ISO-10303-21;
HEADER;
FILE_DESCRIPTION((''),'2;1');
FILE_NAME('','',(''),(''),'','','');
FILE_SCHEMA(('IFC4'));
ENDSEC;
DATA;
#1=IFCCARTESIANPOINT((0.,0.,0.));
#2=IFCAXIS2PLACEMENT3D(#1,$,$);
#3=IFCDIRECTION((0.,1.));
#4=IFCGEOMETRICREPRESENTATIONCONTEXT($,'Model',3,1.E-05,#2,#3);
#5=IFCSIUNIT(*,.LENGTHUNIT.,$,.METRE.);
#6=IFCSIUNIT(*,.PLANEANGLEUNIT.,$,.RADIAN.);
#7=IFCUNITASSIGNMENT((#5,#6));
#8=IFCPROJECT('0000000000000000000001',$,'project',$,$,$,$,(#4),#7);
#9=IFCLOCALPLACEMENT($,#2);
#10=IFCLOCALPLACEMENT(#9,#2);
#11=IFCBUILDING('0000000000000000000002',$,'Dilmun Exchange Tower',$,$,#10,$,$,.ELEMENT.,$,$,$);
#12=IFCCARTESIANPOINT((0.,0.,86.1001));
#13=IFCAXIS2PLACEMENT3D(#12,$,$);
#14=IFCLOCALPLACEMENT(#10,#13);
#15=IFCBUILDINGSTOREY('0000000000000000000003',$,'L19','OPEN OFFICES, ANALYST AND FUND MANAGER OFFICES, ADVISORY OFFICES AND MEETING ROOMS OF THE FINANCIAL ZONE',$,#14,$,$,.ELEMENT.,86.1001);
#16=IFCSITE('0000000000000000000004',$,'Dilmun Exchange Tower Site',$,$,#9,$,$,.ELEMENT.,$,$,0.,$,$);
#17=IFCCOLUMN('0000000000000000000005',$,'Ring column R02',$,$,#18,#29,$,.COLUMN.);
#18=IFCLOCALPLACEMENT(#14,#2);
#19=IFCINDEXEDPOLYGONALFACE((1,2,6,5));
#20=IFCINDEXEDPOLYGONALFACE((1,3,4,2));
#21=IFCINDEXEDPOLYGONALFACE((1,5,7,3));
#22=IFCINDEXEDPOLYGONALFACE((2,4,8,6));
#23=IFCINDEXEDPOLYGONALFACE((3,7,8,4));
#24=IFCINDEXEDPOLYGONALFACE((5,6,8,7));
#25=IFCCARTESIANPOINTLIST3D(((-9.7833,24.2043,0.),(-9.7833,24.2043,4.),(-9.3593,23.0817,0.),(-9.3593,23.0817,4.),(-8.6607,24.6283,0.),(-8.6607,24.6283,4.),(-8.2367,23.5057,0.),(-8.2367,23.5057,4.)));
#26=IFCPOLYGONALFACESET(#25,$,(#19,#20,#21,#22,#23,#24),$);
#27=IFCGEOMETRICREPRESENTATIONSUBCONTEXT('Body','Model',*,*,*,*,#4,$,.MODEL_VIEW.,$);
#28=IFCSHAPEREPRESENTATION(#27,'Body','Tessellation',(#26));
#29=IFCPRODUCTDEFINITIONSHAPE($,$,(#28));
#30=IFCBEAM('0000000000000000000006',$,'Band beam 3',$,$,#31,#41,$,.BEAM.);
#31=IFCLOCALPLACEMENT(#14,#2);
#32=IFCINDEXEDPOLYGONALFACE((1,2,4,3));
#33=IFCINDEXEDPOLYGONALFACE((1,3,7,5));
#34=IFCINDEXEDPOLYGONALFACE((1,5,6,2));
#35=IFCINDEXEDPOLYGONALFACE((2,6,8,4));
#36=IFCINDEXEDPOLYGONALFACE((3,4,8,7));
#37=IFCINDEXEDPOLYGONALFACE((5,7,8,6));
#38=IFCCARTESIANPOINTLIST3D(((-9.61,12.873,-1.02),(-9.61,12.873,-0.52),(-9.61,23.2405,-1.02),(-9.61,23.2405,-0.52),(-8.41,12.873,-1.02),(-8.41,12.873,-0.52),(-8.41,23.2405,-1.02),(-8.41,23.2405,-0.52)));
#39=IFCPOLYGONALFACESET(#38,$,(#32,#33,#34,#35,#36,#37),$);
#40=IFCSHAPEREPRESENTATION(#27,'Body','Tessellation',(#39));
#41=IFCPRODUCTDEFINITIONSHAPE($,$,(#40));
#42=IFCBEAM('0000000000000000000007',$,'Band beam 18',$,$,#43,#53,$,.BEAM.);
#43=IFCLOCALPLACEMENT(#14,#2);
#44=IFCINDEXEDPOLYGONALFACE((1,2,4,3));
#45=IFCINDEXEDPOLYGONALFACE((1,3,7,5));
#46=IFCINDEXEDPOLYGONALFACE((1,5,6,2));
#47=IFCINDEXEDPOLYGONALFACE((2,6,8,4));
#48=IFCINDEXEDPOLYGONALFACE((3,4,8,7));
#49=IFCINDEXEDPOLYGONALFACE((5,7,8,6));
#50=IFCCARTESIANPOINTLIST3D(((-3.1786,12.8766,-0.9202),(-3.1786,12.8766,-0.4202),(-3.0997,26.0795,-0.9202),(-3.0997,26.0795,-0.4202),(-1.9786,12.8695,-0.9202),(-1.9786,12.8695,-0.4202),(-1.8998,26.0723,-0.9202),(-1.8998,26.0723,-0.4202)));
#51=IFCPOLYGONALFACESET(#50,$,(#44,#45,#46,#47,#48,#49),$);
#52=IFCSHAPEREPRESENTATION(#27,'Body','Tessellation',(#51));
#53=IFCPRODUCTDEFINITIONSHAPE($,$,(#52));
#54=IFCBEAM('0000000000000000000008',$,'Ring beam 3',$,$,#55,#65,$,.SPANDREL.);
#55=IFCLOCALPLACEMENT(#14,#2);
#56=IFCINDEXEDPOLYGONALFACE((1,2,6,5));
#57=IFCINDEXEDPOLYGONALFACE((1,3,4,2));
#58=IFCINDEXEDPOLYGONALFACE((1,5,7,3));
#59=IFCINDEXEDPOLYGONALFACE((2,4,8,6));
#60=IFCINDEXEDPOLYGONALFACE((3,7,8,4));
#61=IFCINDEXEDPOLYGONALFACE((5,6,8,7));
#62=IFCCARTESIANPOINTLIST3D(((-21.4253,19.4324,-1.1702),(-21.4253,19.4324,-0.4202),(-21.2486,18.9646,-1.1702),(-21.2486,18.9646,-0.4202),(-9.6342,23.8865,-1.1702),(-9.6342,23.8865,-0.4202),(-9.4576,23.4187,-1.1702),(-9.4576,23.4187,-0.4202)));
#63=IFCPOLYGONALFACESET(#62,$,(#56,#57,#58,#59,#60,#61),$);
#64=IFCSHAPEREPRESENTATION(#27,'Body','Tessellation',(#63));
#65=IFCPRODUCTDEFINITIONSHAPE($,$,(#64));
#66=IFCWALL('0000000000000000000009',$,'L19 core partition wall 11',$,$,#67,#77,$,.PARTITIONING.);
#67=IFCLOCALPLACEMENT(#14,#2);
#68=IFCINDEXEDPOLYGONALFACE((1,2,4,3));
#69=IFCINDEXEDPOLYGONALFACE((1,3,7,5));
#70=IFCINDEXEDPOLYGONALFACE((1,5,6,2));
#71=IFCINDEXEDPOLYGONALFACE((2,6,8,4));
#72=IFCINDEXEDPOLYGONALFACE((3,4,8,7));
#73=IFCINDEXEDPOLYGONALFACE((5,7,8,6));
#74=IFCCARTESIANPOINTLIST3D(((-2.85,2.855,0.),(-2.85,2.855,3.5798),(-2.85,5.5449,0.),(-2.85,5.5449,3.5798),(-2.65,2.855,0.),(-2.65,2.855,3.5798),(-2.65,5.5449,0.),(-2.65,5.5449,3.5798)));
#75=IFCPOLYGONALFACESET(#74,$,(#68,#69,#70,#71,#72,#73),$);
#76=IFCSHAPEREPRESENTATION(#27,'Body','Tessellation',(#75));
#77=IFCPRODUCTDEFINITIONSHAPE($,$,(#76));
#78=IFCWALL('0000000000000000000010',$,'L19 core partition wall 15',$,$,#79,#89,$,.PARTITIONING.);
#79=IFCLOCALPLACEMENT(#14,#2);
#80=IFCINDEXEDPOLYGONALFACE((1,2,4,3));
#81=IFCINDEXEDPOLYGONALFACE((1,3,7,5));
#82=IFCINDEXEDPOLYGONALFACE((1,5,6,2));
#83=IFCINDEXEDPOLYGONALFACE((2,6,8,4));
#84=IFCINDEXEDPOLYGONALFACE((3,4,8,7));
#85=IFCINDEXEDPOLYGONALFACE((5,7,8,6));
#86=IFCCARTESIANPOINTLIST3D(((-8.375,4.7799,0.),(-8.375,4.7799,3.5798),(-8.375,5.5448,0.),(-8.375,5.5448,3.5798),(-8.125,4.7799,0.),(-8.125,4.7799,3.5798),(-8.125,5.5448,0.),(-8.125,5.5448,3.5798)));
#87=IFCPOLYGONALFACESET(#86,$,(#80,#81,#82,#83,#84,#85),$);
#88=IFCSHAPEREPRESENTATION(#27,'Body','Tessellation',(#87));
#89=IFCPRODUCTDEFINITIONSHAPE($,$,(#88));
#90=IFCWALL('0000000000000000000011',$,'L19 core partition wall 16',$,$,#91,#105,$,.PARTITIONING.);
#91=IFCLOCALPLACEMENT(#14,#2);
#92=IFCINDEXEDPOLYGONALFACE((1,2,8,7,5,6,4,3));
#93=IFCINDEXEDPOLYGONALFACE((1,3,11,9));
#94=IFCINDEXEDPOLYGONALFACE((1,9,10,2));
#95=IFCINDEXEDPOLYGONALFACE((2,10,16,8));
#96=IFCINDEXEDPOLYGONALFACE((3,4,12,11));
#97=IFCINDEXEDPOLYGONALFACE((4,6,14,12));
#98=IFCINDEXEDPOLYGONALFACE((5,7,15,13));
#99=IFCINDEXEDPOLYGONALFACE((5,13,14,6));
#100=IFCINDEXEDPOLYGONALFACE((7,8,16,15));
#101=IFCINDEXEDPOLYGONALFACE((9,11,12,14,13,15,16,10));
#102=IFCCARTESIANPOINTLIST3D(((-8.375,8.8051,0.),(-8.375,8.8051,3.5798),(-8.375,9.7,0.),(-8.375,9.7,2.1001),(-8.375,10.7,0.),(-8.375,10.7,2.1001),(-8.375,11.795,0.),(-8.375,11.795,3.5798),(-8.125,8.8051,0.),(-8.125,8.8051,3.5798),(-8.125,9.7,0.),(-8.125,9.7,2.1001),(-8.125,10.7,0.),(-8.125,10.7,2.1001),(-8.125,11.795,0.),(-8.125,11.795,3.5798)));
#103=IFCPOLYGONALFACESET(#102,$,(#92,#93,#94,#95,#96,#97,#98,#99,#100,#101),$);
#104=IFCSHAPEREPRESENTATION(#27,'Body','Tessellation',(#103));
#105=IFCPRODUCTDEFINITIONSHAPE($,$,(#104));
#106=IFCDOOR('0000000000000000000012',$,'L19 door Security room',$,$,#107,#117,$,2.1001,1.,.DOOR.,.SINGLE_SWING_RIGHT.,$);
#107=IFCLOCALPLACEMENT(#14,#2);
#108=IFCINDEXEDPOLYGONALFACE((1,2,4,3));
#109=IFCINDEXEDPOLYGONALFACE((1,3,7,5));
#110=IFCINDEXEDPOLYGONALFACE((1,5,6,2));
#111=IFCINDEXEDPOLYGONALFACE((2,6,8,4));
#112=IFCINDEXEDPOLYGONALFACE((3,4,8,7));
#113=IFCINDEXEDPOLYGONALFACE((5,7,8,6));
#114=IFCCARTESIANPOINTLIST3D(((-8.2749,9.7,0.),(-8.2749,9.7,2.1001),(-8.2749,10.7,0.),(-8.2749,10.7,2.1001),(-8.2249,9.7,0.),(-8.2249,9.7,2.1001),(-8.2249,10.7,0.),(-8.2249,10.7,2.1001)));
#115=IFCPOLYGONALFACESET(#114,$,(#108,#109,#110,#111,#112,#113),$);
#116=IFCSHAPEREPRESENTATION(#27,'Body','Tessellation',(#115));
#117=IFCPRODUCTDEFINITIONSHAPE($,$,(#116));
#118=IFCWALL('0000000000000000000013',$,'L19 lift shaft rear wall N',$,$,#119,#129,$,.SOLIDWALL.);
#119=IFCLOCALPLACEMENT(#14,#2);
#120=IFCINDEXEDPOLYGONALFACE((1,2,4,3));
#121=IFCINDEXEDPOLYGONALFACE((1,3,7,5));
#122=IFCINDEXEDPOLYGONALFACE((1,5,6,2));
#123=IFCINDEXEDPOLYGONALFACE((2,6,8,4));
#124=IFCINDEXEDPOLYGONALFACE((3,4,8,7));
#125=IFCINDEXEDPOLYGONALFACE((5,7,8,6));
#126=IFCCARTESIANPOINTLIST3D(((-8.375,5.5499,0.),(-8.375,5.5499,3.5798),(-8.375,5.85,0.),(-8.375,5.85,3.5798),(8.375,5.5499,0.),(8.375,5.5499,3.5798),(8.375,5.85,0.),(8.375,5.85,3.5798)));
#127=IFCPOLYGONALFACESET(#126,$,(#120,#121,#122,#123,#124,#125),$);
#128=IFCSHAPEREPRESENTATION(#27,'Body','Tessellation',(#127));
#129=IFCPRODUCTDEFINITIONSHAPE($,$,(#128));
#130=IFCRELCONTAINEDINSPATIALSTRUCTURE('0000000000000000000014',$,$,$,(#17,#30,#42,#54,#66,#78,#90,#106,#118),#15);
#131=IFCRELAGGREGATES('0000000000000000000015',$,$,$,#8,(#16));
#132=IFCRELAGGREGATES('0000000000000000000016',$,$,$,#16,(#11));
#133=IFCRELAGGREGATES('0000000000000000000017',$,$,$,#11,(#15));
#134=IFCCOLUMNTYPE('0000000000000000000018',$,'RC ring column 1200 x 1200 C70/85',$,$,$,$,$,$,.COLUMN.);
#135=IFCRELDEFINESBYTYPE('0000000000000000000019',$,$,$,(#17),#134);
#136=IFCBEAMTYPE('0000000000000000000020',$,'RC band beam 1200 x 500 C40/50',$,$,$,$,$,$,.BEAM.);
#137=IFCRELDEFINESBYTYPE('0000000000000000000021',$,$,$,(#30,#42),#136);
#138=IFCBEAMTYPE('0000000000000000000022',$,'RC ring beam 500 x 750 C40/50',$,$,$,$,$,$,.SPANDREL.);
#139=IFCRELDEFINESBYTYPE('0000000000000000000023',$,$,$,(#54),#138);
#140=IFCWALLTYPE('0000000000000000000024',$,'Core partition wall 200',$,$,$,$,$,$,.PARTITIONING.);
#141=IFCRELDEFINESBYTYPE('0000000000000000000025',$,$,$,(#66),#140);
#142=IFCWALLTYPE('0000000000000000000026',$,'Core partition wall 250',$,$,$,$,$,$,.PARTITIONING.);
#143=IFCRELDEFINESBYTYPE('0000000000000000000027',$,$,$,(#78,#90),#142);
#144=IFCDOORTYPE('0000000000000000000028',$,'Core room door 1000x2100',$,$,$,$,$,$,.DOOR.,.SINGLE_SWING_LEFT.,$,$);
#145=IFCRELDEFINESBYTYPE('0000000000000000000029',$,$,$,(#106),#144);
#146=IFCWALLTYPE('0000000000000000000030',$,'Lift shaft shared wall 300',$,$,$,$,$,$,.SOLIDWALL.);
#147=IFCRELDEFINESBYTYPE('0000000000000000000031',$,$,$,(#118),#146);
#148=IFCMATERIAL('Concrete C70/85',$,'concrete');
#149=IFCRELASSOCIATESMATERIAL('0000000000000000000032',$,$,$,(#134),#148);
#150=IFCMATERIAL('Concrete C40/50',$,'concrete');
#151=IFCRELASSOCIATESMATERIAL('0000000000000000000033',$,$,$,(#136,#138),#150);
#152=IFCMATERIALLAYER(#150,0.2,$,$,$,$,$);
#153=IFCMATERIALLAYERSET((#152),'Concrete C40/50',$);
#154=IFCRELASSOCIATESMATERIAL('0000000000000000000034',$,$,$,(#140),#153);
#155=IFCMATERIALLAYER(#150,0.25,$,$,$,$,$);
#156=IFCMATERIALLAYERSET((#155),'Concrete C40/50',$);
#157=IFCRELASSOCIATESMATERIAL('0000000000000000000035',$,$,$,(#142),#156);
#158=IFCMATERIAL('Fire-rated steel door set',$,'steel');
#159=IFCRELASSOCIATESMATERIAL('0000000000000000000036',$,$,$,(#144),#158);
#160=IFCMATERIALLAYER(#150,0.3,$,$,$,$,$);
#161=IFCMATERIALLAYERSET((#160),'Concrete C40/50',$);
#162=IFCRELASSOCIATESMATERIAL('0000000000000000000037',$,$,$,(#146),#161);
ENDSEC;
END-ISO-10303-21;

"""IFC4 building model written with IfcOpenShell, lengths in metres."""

from ifc_helpers import new_model, si_unit, direction, frame, frame_2d, origin, origin_2d, place, context, subcontext, project, spatial, rectangle, extrude, material, layer, layer_set, material_profile, profile_set, type_object, element, fill, save


model = new_model("IFC4")

# Units and contexts
model_context = context("Model", 3, precision=1e-05, world=origin(), true_north=direction((0.0, 1.0)))
body_context = subcontext(model_context, "Body", "Model", "MODEL_VIEW")
ifc_project = project(units=[si_unit("LENGTHUNIT", "METRE"), si_unit("PLANEANGLEUNIT", "RADIAN")], contexts=[model_context])

# Site, building, storey
site_placement = place(None, origin())
site = spatial("IfcSite", under=ifc_project, at=site_placement, Name="Dilmun Exchange Tower Site", CompositionType="ELEMENT", RefElevation=0.0)
building_placement = place(site_placement, origin())
building = spatial("IfcBuilding", under=site, at=building_placement, Name="Dilmun Exchange Tower", CompositionType="ELEMENT")
storey_placement = place(building_placement, frame((0.0, 0.0, 86.1001)))
storey = spatial("IfcBuildingStorey", under=building, at=storey_placement, Name="L19", Description="OPEN OFFICES, ANALYST AND FUND MANAGER OFFICES, ADVISORY OFFICES AND MEETING ROOMS OF THE FINANCIAL ZONE", CompositionType="ELEMENT", Elevation=86.1001)

# Column
ifc_material_1 = material(Name="Concrete C70/85", Category="concrete")
ifc_material_profile_1 = material_profile(ifc_material_1, rectangle(XDim=1.2, YDim=1.2, at=origin_2d()), Name="1200 x 1200")
ifc_profile_set_1 = profile_set([ifc_material_profile_1], Name="Concrete C70/85")
column_type = type_object("IfcColumnType", Name="RC ring column 1200 x 1200 C70/85", PredefinedType="COLUMN", material=ifc_profile_set_1)
column_placement = place(storey_placement, frame((-9.01, 23.855, 0.0), z_axis=(0.0, 0.0, 1.0), x_axis=(0.935492, 0.353349, 0.0)))
element("IfcColumn", 1, at=column_placement, inside=storey, type_object=column_type, Name="Ring column R02", PredefinedType="COLUMN", context=body_context, shape_type="SweptSolid", body=[
    extrude(rectangle(XDim=1.2, YDim=1.2, at=origin_2d()), origin(), (0.0, 0.0, 1.0), 4.0),
])

# Beams
ifc_material_2 = material(Name="Concrete C40/50", Category="concrete")
ifc_material_profile_2 = material_profile(ifc_material_2, rectangle(XDim=1.2, YDim=0.5, at=origin_2d()), Name="1200 x 500")
ifc_profile_set_2 = profile_set([ifc_material_profile_2], Name="Concrete C40/50")
beam_type_1 = type_object("IfcBeamType", Name="RC band beam 1200 x 500 C40/50", PredefinedType="BEAM", material=ifc_profile_set_2)
beam_1_placement = place(storey_placement, frame((-9.01, 23.2405, -0.77), z_axis=(0.0, -1.0, 0.0), x_axis=(1.0, 0.0, 0.0)))
element("IfcBeam", 2, at=beam_1_placement, inside=storey, type_object=beam_type_1, Name="Band beam 3", PredefinedType="BEAM", context=body_context, shape_type="SweptSolid", body=[
    extrude(rectangle(XDim=1.2, YDim=0.5, at=origin_2d()), origin(), (0.0, 0.0, 1.0), 10.3674),
])
beam_2_placement = place(storey_placement, frame((-2.4998, 26.0759, -0.6702), z_axis=(-0.005973, -0.999982, 0.0), x_axis=(0.999982, -0.005973, 0.0)))
element("IfcBeam", 3, at=beam_2_placement, inside=storey, type_object=beam_type_1, Name="Band beam 18", PredefinedType="BEAM", context=body_context, shape_type="SweptSolid", body=[
    extrude(rectangle(XDim=1.2, YDim=0.5, at=origin_2d()), origin(), (0.0, 0.0, 1.0), 13.2031),
])
ifc_material_profile_3 = material_profile(ifc_material_2, rectangle(XDim=0.5, YDim=0.75, at=origin_2d()), Name="500 x 750")
ifc_profile_set_3 = profile_set([ifc_material_profile_3], Name="Concrete C40/50")
beam_type_2 = type_object("IfcBeamType", Name="RC ring beam 500 x 750 C40/50", PredefinedType="SPANDREL", material=ifc_profile_set_3)
beam_3_placement = place(storey_placement, frame((-9.5459, 23.6526, -0.7952), z_axis=(-0.935479, -0.353381, 0.0), x_axis=(0.353381, -0.935479, 0.0)))
element("IfcBeam", 4, at=beam_3_placement, inside=storey, type_object=beam_type_2, Name="Ring beam 3", PredefinedType="SPANDREL", context=body_context, shape_type="SweptSolid", body=[
    extrude(rectangle(XDim=0.5, YDim=0.75, at=origin_2d()), origin(), (0.0, 0.0, 1.0), 12.6042),
])

# Walls
ifc_layer_1 = layer(ifc_material_2, 0.2)
ifc_layer_set_1 = layer_set([ifc_layer_1], Name="Concrete C40/50")
wall_type_1 = type_object("IfcWallType", Name="Core partition wall 200", PredefinedType="PARTITIONING", material=ifc_layer_set_1)
wall_1_placement = place(storey_placement, frame((-2.75, 2.855, 0.0), z_axis=(0.0, 0.0, 1.0), x_axis=(0.0, 1.0, 0.0)))
element("IfcWall", 5, at=wall_1_placement, inside=storey, type_object=wall_type_1, Name="L19 core partition wall 11", PredefinedType="PARTITIONING", context=body_context, shape_type="SweptSolid", body=[
    extrude(rectangle(XDim=2.6899, YDim=0.2, at=frame_2d((1.345, 0.0))), origin(), (0.0, 0.0, 1.0), 3.5798),
])
ifc_layer_2 = layer(ifc_material_2, 0.25)
ifc_layer_set_2 = layer_set([ifc_layer_2], Name="Concrete C40/50")
wall_type_2 = type_object("IfcWallType", Name="Core partition wall 250", PredefinedType="PARTITIONING", material=ifc_layer_set_2)
wall_2_placement = place(storey_placement, frame((-8.25, 4.78, 0.0), z_axis=(0.0, 0.0, 1.0), x_axis=(0.0, 1.0, 0.0)))
element("IfcWall", 6, at=wall_2_placement, inside=storey, type_object=wall_type_2, Name="L19 core partition wall 15", PredefinedType="PARTITIONING", context=body_context, shape_type="SweptSolid", body=[
    extrude(rectangle(XDim=0.7649, YDim=0.25, at=frame_2d((0.3823, 0.0))), origin(), (0.0, 0.0, 1.0), 3.5798),
])

# Wall, opening, door
wall_3_placement = place(storey_placement, frame((-8.25, 8.8049, 0.0), z_axis=(0.0, 0.0, 1.0), x_axis=(0.0, 1.0, 0.0)))
wall_3 = element("IfcWall", 7, at=wall_3_placement, inside=storey, type_object=wall_type_2, Name="L19 core partition wall 16", PredefinedType="PARTITIONING", context=body_context, shape_type="SweptSolid", body=[
    extrude(rectangle(XDim=2.99, YDim=0.25, at=frame_2d((1.4951, 0.0))), origin(), (0.0, 0.0, 1.0), 3.5798),
])
opening_1_placement = place(wall_3_placement, frame((0.895, 0.0, 0.0)))
opening_1 = element("IfcOpeningElement", 8, at=opening_1_placement, cuts=wall_3, PredefinedType="OPENING", context=body_context, shape_type="SweptSolid", body=[
    extrude(rectangle(XDim=1.0, YDim=2.1001, at=frame_2d((0.5, 1.05))), frame((0.0, 0.135, 0.0), z_axis=(0.0, -1.0, 0.0), x_axis=(1.0, 0.0, 0.0)), (0.0, 0.0, 1.0), 0.27),
])
ifc_material_3 = material(Name="Fire-rated steel door set", Category="steel")
door_type_1 = type_object("IfcDoorType", Name="Core room door 1000x2100", OperationType="SINGLE_SWING_LEFT", PredefinedType="DOOR", material=ifc_material_3)
door_1_placement = place(opening_1_placement, origin())
door_1 = element("IfcDoor", 9, at=door_1_placement, inside=storey, type_object=door_type_1, Name="L19 door Security room", OperationType="SINGLE_SWING_RIGHT", OverallHeight=2.1001, OverallWidth=1.0, PredefinedType="DOOR", context=body_context, shape_type="SweptSolid", body=[
    extrude(rectangle(XDim=1.0, YDim=2.1001, at=frame_2d((0.5, 1.05))), frame((0.0, 0.0249, 0.0), z_axis=(0.0, -1.0, 0.0), x_axis=(1.0, 0.0, 0.0)), (0.0, 0.0, 1.0), 0.05),
])
fill(opening_1, door_1)

# Wall
ifc_layer_3 = layer(ifc_material_2, 0.3)
ifc_layer_set_3 = layer_set([ifc_layer_3], Name="Concrete C40/50")
wall_type_3 = type_object("IfcWallType", Name="Lift shaft shared wall 300", PredefinedType="SOLIDWALL", material=ifc_layer_set_3)
wall_4_placement = place(storey_placement, frame((-8.375, 5.7, 0.0), z_axis=(0.0, 0.0, 1.0), x_axis=(1.0, 0.0, 0.0)))
element("IfcWall", 10, at=wall_4_placement, inside=storey, type_object=wall_type_3, Name="L19 lift shaft rear wall N", PredefinedType="SOLIDWALL", context=body_context, shape_type="SweptSolid", body=[
    extrude(rectangle(XDim=16.75, YDim=0.3, at=frame_2d((8.375, 0.0))), origin(), (0.0, 0.0, 1.0), 3.5798),
])

save(model, "model.ifc")
